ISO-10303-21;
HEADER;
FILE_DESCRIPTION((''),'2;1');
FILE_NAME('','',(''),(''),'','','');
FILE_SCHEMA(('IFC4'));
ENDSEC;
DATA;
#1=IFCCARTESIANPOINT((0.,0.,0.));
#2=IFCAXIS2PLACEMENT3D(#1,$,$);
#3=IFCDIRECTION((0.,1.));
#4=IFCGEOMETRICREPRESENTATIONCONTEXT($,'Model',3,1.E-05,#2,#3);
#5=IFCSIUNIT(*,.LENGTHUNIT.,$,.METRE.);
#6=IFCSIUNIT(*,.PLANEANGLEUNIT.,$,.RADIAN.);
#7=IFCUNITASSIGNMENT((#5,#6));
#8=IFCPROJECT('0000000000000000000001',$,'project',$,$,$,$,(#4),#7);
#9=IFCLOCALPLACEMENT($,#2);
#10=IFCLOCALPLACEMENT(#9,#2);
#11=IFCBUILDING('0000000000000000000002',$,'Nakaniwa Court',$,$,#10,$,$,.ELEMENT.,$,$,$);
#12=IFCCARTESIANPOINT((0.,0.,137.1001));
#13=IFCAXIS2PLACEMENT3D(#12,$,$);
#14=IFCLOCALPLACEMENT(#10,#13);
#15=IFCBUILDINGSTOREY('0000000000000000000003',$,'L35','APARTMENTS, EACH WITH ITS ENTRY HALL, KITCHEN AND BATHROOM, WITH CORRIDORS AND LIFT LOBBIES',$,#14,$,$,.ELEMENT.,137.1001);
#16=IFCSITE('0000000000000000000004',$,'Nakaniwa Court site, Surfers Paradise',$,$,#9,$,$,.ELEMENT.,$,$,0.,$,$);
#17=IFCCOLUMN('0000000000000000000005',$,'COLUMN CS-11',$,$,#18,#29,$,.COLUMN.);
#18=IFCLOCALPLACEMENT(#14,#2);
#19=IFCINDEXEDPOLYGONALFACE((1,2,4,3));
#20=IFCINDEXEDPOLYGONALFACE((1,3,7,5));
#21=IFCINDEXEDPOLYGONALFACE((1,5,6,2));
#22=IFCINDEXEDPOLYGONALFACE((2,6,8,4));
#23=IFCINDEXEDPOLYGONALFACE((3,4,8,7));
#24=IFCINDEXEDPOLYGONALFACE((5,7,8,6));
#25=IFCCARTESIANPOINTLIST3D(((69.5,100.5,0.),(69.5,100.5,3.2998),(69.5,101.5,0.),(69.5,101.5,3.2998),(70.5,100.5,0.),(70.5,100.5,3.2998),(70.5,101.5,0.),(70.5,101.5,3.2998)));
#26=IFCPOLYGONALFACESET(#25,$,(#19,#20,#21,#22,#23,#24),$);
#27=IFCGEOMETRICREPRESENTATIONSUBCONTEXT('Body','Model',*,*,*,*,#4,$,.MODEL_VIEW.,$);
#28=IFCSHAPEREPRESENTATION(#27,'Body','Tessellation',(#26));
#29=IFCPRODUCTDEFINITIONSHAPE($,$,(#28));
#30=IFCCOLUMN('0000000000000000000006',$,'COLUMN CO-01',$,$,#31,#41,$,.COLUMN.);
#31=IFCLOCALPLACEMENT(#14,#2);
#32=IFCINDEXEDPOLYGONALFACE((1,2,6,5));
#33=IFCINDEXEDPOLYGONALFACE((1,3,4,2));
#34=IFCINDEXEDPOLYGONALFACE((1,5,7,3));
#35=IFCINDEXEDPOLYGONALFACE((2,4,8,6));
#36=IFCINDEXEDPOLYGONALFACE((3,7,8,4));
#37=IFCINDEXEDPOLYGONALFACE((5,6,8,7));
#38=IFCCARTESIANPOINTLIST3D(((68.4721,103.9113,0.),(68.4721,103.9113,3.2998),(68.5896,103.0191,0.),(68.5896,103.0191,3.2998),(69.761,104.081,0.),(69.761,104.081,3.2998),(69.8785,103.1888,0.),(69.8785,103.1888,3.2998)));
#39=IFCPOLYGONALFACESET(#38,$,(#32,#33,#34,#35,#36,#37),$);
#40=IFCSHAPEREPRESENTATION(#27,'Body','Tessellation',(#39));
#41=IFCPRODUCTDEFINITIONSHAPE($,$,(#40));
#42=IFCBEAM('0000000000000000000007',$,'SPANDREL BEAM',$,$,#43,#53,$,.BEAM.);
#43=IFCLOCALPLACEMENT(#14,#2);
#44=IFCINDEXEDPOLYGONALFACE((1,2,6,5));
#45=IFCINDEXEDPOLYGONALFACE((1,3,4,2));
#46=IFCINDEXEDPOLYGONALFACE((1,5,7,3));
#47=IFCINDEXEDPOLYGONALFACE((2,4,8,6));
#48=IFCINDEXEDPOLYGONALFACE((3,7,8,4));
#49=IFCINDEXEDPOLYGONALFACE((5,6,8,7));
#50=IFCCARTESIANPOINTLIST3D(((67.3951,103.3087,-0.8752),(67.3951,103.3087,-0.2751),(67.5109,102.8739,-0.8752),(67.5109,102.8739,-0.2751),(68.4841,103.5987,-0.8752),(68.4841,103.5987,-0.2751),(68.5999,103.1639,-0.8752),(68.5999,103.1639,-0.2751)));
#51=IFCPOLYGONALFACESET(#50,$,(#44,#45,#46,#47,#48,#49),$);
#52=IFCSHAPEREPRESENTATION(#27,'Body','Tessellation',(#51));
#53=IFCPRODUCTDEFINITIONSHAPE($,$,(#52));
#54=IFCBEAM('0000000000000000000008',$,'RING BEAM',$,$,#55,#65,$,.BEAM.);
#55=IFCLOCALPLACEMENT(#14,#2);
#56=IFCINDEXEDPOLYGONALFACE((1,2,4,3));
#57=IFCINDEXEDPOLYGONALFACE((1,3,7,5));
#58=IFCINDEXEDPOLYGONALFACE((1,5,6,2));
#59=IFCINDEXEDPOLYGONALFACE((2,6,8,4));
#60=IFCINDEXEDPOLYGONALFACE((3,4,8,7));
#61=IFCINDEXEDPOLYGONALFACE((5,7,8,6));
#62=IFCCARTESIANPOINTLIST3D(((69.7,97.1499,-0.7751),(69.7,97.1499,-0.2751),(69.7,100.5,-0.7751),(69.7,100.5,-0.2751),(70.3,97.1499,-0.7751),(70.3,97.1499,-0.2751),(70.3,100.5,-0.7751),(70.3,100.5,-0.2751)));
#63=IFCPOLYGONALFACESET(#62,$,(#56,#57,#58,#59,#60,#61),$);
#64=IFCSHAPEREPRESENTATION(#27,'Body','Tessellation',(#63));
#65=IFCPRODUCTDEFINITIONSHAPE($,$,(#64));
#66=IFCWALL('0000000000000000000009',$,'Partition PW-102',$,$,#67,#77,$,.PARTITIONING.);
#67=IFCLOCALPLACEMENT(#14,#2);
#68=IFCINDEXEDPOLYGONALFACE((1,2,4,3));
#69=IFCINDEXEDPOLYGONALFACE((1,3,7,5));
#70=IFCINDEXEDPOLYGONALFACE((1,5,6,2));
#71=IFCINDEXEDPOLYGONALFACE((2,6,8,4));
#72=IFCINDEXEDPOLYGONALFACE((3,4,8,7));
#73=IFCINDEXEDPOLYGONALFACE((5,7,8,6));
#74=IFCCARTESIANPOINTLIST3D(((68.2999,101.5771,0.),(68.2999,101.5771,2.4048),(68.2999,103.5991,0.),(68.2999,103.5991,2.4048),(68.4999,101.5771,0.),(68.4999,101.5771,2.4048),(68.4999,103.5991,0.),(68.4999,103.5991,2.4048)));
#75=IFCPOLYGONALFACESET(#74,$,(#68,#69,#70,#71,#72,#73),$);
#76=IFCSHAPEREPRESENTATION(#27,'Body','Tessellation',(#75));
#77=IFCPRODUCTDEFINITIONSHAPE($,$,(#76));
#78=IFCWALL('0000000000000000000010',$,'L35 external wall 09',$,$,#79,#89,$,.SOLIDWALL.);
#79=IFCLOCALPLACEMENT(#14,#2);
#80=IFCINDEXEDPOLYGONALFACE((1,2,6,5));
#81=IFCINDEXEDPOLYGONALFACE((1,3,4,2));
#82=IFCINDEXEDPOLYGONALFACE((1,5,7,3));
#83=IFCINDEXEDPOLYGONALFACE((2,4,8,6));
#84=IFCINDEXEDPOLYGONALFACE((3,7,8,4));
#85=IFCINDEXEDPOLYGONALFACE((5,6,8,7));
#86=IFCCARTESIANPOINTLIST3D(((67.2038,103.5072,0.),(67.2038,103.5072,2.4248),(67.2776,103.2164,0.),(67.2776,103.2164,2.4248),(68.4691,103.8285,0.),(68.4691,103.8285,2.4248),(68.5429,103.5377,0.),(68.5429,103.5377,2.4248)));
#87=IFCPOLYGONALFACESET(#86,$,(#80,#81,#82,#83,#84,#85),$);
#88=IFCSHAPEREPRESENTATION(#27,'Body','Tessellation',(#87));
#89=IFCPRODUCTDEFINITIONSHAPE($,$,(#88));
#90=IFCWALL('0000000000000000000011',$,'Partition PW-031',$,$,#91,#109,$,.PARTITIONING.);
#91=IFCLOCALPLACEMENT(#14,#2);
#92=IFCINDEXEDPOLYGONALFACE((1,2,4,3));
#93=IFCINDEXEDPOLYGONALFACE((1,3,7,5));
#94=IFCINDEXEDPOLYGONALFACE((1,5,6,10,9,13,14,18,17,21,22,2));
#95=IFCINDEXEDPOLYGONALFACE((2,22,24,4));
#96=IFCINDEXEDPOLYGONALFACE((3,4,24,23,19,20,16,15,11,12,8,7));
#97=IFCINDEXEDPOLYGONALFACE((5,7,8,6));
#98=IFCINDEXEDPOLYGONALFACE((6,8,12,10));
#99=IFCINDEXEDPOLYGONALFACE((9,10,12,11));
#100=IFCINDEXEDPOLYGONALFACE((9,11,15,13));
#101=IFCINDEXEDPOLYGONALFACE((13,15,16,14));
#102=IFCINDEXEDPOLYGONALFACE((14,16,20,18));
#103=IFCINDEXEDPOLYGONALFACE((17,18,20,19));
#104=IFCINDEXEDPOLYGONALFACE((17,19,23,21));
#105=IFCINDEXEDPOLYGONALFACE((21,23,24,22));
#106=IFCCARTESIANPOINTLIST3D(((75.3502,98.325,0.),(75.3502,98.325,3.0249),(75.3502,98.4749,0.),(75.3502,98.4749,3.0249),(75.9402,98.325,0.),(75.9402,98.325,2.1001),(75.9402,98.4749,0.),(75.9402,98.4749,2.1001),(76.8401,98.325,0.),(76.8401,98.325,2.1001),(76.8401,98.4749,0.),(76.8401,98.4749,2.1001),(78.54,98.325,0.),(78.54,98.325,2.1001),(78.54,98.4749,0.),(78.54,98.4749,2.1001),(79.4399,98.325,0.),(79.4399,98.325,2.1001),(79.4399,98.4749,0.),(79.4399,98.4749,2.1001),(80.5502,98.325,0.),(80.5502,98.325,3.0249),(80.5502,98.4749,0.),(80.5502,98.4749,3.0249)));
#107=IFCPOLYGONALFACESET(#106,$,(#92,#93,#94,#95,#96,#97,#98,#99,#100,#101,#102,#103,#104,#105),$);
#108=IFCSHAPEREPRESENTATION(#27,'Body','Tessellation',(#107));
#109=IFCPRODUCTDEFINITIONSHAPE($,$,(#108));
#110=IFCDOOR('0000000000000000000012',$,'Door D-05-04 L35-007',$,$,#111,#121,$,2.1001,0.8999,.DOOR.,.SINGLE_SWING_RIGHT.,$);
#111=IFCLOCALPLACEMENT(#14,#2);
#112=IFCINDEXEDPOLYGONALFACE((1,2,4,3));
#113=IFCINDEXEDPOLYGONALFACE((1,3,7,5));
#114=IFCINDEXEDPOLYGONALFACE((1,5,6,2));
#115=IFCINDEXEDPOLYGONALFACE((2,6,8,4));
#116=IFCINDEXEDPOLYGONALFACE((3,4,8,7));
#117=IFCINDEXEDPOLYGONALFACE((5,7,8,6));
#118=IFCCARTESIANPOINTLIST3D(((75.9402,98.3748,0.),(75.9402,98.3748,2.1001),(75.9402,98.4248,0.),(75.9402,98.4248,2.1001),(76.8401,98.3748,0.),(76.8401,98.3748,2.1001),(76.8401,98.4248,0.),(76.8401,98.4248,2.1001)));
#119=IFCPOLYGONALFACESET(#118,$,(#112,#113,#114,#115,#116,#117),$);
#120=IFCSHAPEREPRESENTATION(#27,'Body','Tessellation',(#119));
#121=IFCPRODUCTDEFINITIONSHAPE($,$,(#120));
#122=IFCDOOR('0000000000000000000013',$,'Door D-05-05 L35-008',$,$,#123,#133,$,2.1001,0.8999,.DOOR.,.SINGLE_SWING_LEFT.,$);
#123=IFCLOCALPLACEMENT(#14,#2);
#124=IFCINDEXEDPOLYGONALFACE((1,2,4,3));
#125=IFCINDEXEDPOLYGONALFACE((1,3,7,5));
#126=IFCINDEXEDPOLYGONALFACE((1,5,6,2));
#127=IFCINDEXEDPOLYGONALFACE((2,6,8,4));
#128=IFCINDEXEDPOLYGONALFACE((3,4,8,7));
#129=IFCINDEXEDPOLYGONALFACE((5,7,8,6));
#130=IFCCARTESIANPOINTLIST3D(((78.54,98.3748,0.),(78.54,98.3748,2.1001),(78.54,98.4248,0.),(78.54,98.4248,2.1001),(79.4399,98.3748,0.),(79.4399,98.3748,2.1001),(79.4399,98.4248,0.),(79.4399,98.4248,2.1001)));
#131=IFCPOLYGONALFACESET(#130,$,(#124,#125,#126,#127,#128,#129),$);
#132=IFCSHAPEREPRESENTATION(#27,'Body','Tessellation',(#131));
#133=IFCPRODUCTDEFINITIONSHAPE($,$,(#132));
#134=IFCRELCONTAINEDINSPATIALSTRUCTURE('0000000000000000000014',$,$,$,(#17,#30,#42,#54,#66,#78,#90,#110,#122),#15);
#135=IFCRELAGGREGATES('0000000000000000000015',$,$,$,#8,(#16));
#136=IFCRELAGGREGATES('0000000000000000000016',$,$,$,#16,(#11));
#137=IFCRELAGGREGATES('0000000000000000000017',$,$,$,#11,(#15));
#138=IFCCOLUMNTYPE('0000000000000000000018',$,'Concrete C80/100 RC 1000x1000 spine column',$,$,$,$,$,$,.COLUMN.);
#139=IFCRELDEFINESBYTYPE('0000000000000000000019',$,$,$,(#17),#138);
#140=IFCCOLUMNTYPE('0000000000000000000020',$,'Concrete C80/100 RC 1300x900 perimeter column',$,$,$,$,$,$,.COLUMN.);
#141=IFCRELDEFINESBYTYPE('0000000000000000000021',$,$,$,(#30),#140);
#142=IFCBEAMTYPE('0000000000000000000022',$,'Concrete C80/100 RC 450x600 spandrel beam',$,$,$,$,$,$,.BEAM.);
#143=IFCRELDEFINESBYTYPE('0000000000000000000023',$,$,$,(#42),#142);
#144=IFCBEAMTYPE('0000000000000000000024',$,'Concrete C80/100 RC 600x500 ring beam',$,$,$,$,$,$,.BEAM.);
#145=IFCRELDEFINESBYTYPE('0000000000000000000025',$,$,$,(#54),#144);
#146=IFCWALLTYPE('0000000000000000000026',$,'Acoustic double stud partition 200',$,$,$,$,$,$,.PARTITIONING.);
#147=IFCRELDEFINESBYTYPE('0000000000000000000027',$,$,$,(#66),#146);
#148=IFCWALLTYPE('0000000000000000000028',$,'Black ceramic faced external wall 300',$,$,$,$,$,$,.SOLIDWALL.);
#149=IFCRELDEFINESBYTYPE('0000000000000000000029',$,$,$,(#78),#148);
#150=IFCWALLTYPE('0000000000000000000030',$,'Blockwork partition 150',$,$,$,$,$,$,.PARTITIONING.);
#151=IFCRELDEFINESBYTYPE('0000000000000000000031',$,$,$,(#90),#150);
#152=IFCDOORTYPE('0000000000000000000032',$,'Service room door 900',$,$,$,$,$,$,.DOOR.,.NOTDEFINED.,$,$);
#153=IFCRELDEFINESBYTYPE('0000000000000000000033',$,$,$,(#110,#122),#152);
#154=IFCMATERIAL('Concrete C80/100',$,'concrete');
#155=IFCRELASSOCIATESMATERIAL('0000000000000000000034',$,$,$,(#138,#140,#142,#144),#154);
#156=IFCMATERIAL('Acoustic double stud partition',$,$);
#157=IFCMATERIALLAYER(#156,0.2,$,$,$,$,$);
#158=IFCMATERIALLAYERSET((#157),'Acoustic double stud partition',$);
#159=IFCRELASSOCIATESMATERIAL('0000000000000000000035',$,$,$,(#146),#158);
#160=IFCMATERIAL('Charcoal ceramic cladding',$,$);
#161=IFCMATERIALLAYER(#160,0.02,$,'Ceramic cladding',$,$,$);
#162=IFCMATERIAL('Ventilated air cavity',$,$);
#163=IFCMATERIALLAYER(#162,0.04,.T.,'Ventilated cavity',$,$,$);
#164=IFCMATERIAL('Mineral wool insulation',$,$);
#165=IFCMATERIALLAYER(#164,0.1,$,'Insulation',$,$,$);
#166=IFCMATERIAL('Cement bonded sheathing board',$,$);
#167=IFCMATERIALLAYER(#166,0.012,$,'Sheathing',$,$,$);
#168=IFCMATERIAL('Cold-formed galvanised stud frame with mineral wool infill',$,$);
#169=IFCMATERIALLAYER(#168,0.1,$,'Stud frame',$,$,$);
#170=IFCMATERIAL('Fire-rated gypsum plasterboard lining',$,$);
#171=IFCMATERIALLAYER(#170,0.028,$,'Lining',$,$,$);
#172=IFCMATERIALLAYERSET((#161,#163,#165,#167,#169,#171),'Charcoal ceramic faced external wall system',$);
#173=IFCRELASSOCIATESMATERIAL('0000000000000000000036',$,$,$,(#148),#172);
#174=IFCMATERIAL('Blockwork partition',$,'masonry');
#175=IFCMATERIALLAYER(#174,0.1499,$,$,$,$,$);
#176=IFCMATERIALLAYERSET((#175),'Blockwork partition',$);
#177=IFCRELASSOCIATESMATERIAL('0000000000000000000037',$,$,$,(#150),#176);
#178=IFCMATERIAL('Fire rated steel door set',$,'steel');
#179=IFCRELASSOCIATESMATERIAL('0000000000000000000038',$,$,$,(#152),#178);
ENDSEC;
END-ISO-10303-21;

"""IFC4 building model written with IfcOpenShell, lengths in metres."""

from ifc_helpers import new_model, si_unit, direction, frame, frame_2d, origin, origin_2d, place, context, subcontext, project, spatial, rectangle, extrude, material, layer, layer_set, material_profile, profile_set, type_object, element, fill, save


model = new_model("IFC4")

# Units and contexts
model_context = context("Model", 3, precision=1e-05, world=origin(), true_north=direction((0.0, 1.0)))
body_context = subcontext(model_context, "Body", "Model", "MODEL_VIEW")
ifc_project = project(units=[si_unit("LENGTHUNIT", "METRE"), si_unit("PLANEANGLEUNIT", "RADIAN")], contexts=[model_context])

# Site, building, storey
site_placement = place(None, origin())
site = spatial("IfcSite", under=ifc_project, at=site_placement, Name="Nakaniwa Court site, Surfers Paradise", CompositionType="ELEMENT", RefElevation=0.0)
building_placement = place(site_placement, origin())
building = spatial("IfcBuilding", under=site, at=building_placement, Name="Nakaniwa Court", CompositionType="ELEMENT")
storey_placement = place(building_placement, frame((0.0, 0.0, 137.1001)))
storey = spatial("IfcBuildingStorey", under=building, at=storey_placement, Name="L35", Description="APARTMENTS, EACH WITH ITS ENTRY HALL, KITCHEN AND BATHROOM, WITH CORRIDORS AND LIFT LOBBIES", CompositionType="ELEMENT", Elevation=137.1001)

# Columns
ifc_material_1 = material(Name="Concrete C80/100", Category="concrete")
ifc_material_profile_1 = material_profile(ifc_material_1, rectangle(XDim=1.0, YDim=1.0, at=origin_2d()), Name="Concrete C80/100 RC 1000x1000 spine column")
ifc_profile_set_1 = profile_set([ifc_material_profile_1], Name="Concrete C80/100")
column_type_1 = type_object("IfcColumnType", Name="Concrete C80/100 RC 1000x1000 spine column", PredefinedType="COLUMN", material=ifc_profile_set_1)
column_1_placement = place(storey_placement, frame((70.0, 101.0, 0.0), z_axis=(0.0, 0.0, 1.0), x_axis=(0.0, -1.0, 0.0)))
element("IfcColumn", 1, at=column_1_placement, inside=storey, type_object=column_type_1, Name="COLUMN CS-11", PredefinedType="COLUMN", context=body_context, shape_type="SweptSolid", body=[
    extrude(rectangle(XDim=1.0, YDim=1.0, at=origin_2d()), origin(), (0.0, 0.0, 1.0), 3.2998),
])
ifc_material_profile_2 = material_profile(ifc_material_1, rectangle(XDim=1.3, YDim=0.8999, at=origin_2d()), Name="Concrete C80/100 RC 1300x900 perimeter column")
ifc_profile_set_2 = profile_set([ifc_material_profile_2], Name="Concrete C80/100")
column_type_2 = type_object("IfcColumnType", Name="Concrete C80/100 RC 1300x900 perimeter column", PredefinedType="COLUMN", material=ifc_profile_set_2)
column_2_placement = place(storey_placement, frame((69.1753, 103.55, 0.0), z_axis=(0.0, 0.0, 1.0), x_axis=(-0.991443, -0.130543, 0.0)))
element("IfcColumn", 2, at=column_2_placement, inside=storey, type_object=column_type_2, Name="COLUMN CO-01", PredefinedType="COLUMN", context=body_context, shape_type="SweptSolid", body=[
    extrude(rectangle(XDim=1.3, YDim=0.8999, at=origin_2d()), origin(), (0.0, 0.0, 1.0), 3.2998),
])

# Beams
ifc_material_profile_3 = material_profile(ifc_material_1, rectangle(XDim=0.45, YDim=0.6001, at=origin_2d()), Name="Concrete C80/100 RC 450x600 spandrel beam")
ifc_profile_set_3 = profile_set([ifc_material_profile_3], Name="Concrete C80/100")
beam_type_1 = type_object("IfcBeamType", Name="Concrete C80/100 RC 450x600 spandrel beam", PredefinedType="BEAM", material=ifc_profile_set_3)
beam_1_placement = place(storey_placement, frame((68.542, 103.3813, -0.5752), z_axis=(-0.966321, -0.257339, 0.0), x_axis=(0.257339, -0.966321, 0.0)))
element("IfcBeam", 3, at=beam_1_placement, inside=storey, type_object=beam_type_1, Name="SPANDREL BEAM", PredefinedType="BEAM", context=body_context, shape_type="SweptSolid", body=[
    extrude(rectangle(XDim=0.45, YDim=0.6001, at=origin_2d()), origin(), (0.0, 0.0, 1.0), 1.127),
])
ifc_material_profile_4 = material_profile(ifc_material_1, rectangle(XDim=0.6001, YDim=0.5, at=origin_2d()), Name="Concrete C80/100 RC 600x500 ring beam")
ifc_profile_set_4 = profile_set([ifc_material_profile_4], Name="Concrete C80/100")
beam_type_2 = type_object("IfcBeamType", Name="Concrete C80/100 RC 600x500 ring beam", PredefinedType="BEAM", material=ifc_profile_set_4)
beam_2_placement = place(storey_placement, frame((70.0, 100.5, -0.5251), z_axis=(0.0, -1.0, 0.0), x_axis=(1.0, 0.0, 0.0)))
element("IfcBeam", 4, at=beam_2_placement, inside=storey, type_object=beam_type_2, Name="RING BEAM", PredefinedType="BEAM", context=body_context, shape_type="SweptSolid", body=[
    extrude(rectangle(XDim=0.6001, YDim=0.5, at=origin_2d()), origin(), (0.0, 0.0, 1.0), 3.3501),
])

# Walls
ifc_material_2 = material(Name="Acoustic double stud partition")
ifc_layer_1 = layer(ifc_material_2, 0.2)
ifc_layer_set_1 = layer_set([ifc_layer_1], Name="Acoustic double stud partition")
wall_type_1 = type_object("IfcWallType", Name="Acoustic double stud partition 200", PredefinedType="PARTITIONING", material=ifc_layer_set_1)
wall_1_placement = place(storey_placement, frame((68.3999, 101.5771, 0.0), z_axis=(0.0, 0.0, 1.0), x_axis=(0.0, 1.0, 0.0)))
element("IfcWall", 5, at=wall_1_placement, inside=storey, type_object=wall_type_1, Name="Partition PW-102", PredefinedType="PARTITIONING", context=body_context, shape_type="SweptSolid", body=[
    extrude(rectangle(XDim=2.022, YDim=0.2, at=frame_2d((1.011, 0.0))), origin(), (0.0, 0.0, 1.0), 2.4048),
])
ifc_material_3 = material(Name="Charcoal ceramic cladding")
ifc_layer_2 = layer(ifc_material_3, 0.02, Name="Ceramic cladding")
ifc_material_4 = material(Name="Ventilated air cavity")
ifc_layer_3 = layer(ifc_material_4, 0.04, ventilated=True, Name="Ventilated cavity")
ifc_material_5 = material(Name="Mineral wool insulation")
ifc_layer_4 = layer(ifc_material_5, 0.1, Name="Insulation")
ifc_material_6 = material(Name="Cement bonded sheathing board")
ifc_layer_5 = layer(ifc_material_6, 0.012, Name="Sheathing")
ifc_material_7 = material(Name="Cold-formed galvanised stud frame with mineral wool infill")
ifc_layer_6 = layer(ifc_material_7, 0.1, Name="Stud frame")
ifc_material_8 = material(Name="Fire-rated gypsum plasterboard lining")
ifc_layer_7 = layer(ifc_material_8, 0.028, Name="Lining")
ifc_layer_set_2 = layer_set([ifc_layer_2, ifc_layer_3, ifc_layer_4, ifc_layer_5, ifc_layer_6, ifc_layer_7], Name="Charcoal ceramic faced external wall system")
wall_type_2 = type_object("IfcWallType", Name="Black ceramic faced external wall 300", PredefinedType="SOLIDWALL", material=ifc_layer_set_2)
wall_2_placement = place(storey_placement, frame((68.5061, 103.6831, 0.0), z_axis=(0.0, 0.0, 1.0), x_axis=(-0.969245, -0.246098, 0.0)))
element("IfcWall", 6, at=wall_2_placement, inside=storey, type_object=wall_type_2, Name="L35 external wall 09", PredefinedType="SOLIDWALL", context=body_context, shape_type="SweptSolid", body=[
    extrude(rectangle(XDim=1.3054, YDim=0.3, at=frame_2d((0.6528, 0.0))), origin(), (0.0, 0.0, 1.0), 2.4248),
])

# Wall, openings, doors
ifc_material_9 = material(Name="Blockwork partition", Category="masonry")
ifc_layer_8 = layer(ifc_material_9, 0.1499)
ifc_layer_set_3 = layer_set([ifc_layer_8], Name="Blockwork partition")
wall_type_3 = type_object("IfcWallType", Name="Blockwork partition 150", PredefinedType="PARTITIONING", material=ifc_layer_set_3)
wall_3_placement = place(storey_placement, frame((75.3501, 98.3999, 0.0), z_axis=(0.0, 0.0, 1.0), x_axis=(1.0, 0.0, 0.0)))
wall_3 = element("IfcWall", 7, at=wall_3_placement, inside=storey, type_object=wall_type_3, Name="Partition PW-031", PredefinedType="PARTITIONING", context=body_context, shape_type="SweptSolid", body=[
    extrude(rectangle(XDim=5.2, YDim=0.1499, at=frame_2d((2.6001, 0.0))), origin(), (0.0, 0.0, 1.0), 3.0249),
])
opening_1_placement = place(wall_3_placement, frame((0.5901, 0.0, 0.0)))
opening_1 = element("IfcOpeningElement", 8, at=opening_1_placement, cuts=wall_3, PredefinedType="OPENING", context=body_context, shape_type="SweptSolid", body=[
    extrude(rectangle(XDim=0.8999, YDim=2.1001, at=frame_2d((0.45, 1.05))), frame((0.0, 0.085, 0.0), z_axis=(0.0, -1.0, 0.0), x_axis=(1.0, 0.0, 0.0)), (0.0, 0.0, 1.0), 0.1699),
])
opening_2_placement = place(wall_3_placement, frame((3.1899, 0.0, 0.0)))
opening_2 = element("IfcOpeningElement", 9, at=opening_2_placement, cuts=wall_3, PredefinedType="OPENING", context=body_context, shape_type="SweptSolid", body=[
    extrude(rectangle(XDim=0.8999, YDim=2.1001, at=frame_2d((0.45, 1.05))), frame((0.0, 0.085, 0.0), z_axis=(0.0, -1.0, 0.0), x_axis=(1.0, 0.0, 0.0)), (0.0, 0.0, 1.0), 0.1699),
])
ifc_material_10 = material(Name="Fire rated steel door set", Category="steel")
door_type_1 = type_object("IfcDoorType", Name="Service room door 900", OperationType="NOTDEFINED", PredefinedType="DOOR", material=ifc_material_10)
door_1_placement = place(opening_1_placement, origin())
door_1 = element("IfcDoor", 10, at=door_1_placement, inside=storey, type_object=door_type_1, Name="Door D-05-04 L35-007", OperationType="SINGLE_SWING_RIGHT", OverallHeight=2.1001, OverallWidth=0.8999, PredefinedType="DOOR", context=body_context, shape_type="SweptSolid", body=[
    extrude(rectangle(XDim=0.8999, YDim=2.1001, at=frame_2d((0.45, 1.05))), frame((0.0, 0.0249, 0.0), z_axis=(0.0, -1.0, 0.0), x_axis=(1.0, 0.0, 0.0)), (0.0, 0.0, 1.0), 0.05),
])
fill(opening_1, door_1)
door_2_placement = place(opening_2_placement, origin())
door_2 = element("IfcDoor", 11, at=door_2_placement, inside=storey, type_object=door_type_1, Name="Door D-05-05 L35-008", OperationType="SINGLE_SWING_LEFT", OverallHeight=2.1001, OverallWidth=0.8999, PredefinedType="DOOR", context=body_context, shape_type="SweptSolid", body=[
    extrude(rectangle(XDim=0.8999, YDim=2.1001, at=frame_2d((0.45, 1.05))), frame((0.0, 0.0249, 0.0), z_axis=(0.0, -1.0, 0.0), x_axis=(1.0, 0.0, 0.0)), (0.0, 0.0, 1.0), 0.05),
])
fill(opening_2, door_2)

save(model, "model.ifc")
